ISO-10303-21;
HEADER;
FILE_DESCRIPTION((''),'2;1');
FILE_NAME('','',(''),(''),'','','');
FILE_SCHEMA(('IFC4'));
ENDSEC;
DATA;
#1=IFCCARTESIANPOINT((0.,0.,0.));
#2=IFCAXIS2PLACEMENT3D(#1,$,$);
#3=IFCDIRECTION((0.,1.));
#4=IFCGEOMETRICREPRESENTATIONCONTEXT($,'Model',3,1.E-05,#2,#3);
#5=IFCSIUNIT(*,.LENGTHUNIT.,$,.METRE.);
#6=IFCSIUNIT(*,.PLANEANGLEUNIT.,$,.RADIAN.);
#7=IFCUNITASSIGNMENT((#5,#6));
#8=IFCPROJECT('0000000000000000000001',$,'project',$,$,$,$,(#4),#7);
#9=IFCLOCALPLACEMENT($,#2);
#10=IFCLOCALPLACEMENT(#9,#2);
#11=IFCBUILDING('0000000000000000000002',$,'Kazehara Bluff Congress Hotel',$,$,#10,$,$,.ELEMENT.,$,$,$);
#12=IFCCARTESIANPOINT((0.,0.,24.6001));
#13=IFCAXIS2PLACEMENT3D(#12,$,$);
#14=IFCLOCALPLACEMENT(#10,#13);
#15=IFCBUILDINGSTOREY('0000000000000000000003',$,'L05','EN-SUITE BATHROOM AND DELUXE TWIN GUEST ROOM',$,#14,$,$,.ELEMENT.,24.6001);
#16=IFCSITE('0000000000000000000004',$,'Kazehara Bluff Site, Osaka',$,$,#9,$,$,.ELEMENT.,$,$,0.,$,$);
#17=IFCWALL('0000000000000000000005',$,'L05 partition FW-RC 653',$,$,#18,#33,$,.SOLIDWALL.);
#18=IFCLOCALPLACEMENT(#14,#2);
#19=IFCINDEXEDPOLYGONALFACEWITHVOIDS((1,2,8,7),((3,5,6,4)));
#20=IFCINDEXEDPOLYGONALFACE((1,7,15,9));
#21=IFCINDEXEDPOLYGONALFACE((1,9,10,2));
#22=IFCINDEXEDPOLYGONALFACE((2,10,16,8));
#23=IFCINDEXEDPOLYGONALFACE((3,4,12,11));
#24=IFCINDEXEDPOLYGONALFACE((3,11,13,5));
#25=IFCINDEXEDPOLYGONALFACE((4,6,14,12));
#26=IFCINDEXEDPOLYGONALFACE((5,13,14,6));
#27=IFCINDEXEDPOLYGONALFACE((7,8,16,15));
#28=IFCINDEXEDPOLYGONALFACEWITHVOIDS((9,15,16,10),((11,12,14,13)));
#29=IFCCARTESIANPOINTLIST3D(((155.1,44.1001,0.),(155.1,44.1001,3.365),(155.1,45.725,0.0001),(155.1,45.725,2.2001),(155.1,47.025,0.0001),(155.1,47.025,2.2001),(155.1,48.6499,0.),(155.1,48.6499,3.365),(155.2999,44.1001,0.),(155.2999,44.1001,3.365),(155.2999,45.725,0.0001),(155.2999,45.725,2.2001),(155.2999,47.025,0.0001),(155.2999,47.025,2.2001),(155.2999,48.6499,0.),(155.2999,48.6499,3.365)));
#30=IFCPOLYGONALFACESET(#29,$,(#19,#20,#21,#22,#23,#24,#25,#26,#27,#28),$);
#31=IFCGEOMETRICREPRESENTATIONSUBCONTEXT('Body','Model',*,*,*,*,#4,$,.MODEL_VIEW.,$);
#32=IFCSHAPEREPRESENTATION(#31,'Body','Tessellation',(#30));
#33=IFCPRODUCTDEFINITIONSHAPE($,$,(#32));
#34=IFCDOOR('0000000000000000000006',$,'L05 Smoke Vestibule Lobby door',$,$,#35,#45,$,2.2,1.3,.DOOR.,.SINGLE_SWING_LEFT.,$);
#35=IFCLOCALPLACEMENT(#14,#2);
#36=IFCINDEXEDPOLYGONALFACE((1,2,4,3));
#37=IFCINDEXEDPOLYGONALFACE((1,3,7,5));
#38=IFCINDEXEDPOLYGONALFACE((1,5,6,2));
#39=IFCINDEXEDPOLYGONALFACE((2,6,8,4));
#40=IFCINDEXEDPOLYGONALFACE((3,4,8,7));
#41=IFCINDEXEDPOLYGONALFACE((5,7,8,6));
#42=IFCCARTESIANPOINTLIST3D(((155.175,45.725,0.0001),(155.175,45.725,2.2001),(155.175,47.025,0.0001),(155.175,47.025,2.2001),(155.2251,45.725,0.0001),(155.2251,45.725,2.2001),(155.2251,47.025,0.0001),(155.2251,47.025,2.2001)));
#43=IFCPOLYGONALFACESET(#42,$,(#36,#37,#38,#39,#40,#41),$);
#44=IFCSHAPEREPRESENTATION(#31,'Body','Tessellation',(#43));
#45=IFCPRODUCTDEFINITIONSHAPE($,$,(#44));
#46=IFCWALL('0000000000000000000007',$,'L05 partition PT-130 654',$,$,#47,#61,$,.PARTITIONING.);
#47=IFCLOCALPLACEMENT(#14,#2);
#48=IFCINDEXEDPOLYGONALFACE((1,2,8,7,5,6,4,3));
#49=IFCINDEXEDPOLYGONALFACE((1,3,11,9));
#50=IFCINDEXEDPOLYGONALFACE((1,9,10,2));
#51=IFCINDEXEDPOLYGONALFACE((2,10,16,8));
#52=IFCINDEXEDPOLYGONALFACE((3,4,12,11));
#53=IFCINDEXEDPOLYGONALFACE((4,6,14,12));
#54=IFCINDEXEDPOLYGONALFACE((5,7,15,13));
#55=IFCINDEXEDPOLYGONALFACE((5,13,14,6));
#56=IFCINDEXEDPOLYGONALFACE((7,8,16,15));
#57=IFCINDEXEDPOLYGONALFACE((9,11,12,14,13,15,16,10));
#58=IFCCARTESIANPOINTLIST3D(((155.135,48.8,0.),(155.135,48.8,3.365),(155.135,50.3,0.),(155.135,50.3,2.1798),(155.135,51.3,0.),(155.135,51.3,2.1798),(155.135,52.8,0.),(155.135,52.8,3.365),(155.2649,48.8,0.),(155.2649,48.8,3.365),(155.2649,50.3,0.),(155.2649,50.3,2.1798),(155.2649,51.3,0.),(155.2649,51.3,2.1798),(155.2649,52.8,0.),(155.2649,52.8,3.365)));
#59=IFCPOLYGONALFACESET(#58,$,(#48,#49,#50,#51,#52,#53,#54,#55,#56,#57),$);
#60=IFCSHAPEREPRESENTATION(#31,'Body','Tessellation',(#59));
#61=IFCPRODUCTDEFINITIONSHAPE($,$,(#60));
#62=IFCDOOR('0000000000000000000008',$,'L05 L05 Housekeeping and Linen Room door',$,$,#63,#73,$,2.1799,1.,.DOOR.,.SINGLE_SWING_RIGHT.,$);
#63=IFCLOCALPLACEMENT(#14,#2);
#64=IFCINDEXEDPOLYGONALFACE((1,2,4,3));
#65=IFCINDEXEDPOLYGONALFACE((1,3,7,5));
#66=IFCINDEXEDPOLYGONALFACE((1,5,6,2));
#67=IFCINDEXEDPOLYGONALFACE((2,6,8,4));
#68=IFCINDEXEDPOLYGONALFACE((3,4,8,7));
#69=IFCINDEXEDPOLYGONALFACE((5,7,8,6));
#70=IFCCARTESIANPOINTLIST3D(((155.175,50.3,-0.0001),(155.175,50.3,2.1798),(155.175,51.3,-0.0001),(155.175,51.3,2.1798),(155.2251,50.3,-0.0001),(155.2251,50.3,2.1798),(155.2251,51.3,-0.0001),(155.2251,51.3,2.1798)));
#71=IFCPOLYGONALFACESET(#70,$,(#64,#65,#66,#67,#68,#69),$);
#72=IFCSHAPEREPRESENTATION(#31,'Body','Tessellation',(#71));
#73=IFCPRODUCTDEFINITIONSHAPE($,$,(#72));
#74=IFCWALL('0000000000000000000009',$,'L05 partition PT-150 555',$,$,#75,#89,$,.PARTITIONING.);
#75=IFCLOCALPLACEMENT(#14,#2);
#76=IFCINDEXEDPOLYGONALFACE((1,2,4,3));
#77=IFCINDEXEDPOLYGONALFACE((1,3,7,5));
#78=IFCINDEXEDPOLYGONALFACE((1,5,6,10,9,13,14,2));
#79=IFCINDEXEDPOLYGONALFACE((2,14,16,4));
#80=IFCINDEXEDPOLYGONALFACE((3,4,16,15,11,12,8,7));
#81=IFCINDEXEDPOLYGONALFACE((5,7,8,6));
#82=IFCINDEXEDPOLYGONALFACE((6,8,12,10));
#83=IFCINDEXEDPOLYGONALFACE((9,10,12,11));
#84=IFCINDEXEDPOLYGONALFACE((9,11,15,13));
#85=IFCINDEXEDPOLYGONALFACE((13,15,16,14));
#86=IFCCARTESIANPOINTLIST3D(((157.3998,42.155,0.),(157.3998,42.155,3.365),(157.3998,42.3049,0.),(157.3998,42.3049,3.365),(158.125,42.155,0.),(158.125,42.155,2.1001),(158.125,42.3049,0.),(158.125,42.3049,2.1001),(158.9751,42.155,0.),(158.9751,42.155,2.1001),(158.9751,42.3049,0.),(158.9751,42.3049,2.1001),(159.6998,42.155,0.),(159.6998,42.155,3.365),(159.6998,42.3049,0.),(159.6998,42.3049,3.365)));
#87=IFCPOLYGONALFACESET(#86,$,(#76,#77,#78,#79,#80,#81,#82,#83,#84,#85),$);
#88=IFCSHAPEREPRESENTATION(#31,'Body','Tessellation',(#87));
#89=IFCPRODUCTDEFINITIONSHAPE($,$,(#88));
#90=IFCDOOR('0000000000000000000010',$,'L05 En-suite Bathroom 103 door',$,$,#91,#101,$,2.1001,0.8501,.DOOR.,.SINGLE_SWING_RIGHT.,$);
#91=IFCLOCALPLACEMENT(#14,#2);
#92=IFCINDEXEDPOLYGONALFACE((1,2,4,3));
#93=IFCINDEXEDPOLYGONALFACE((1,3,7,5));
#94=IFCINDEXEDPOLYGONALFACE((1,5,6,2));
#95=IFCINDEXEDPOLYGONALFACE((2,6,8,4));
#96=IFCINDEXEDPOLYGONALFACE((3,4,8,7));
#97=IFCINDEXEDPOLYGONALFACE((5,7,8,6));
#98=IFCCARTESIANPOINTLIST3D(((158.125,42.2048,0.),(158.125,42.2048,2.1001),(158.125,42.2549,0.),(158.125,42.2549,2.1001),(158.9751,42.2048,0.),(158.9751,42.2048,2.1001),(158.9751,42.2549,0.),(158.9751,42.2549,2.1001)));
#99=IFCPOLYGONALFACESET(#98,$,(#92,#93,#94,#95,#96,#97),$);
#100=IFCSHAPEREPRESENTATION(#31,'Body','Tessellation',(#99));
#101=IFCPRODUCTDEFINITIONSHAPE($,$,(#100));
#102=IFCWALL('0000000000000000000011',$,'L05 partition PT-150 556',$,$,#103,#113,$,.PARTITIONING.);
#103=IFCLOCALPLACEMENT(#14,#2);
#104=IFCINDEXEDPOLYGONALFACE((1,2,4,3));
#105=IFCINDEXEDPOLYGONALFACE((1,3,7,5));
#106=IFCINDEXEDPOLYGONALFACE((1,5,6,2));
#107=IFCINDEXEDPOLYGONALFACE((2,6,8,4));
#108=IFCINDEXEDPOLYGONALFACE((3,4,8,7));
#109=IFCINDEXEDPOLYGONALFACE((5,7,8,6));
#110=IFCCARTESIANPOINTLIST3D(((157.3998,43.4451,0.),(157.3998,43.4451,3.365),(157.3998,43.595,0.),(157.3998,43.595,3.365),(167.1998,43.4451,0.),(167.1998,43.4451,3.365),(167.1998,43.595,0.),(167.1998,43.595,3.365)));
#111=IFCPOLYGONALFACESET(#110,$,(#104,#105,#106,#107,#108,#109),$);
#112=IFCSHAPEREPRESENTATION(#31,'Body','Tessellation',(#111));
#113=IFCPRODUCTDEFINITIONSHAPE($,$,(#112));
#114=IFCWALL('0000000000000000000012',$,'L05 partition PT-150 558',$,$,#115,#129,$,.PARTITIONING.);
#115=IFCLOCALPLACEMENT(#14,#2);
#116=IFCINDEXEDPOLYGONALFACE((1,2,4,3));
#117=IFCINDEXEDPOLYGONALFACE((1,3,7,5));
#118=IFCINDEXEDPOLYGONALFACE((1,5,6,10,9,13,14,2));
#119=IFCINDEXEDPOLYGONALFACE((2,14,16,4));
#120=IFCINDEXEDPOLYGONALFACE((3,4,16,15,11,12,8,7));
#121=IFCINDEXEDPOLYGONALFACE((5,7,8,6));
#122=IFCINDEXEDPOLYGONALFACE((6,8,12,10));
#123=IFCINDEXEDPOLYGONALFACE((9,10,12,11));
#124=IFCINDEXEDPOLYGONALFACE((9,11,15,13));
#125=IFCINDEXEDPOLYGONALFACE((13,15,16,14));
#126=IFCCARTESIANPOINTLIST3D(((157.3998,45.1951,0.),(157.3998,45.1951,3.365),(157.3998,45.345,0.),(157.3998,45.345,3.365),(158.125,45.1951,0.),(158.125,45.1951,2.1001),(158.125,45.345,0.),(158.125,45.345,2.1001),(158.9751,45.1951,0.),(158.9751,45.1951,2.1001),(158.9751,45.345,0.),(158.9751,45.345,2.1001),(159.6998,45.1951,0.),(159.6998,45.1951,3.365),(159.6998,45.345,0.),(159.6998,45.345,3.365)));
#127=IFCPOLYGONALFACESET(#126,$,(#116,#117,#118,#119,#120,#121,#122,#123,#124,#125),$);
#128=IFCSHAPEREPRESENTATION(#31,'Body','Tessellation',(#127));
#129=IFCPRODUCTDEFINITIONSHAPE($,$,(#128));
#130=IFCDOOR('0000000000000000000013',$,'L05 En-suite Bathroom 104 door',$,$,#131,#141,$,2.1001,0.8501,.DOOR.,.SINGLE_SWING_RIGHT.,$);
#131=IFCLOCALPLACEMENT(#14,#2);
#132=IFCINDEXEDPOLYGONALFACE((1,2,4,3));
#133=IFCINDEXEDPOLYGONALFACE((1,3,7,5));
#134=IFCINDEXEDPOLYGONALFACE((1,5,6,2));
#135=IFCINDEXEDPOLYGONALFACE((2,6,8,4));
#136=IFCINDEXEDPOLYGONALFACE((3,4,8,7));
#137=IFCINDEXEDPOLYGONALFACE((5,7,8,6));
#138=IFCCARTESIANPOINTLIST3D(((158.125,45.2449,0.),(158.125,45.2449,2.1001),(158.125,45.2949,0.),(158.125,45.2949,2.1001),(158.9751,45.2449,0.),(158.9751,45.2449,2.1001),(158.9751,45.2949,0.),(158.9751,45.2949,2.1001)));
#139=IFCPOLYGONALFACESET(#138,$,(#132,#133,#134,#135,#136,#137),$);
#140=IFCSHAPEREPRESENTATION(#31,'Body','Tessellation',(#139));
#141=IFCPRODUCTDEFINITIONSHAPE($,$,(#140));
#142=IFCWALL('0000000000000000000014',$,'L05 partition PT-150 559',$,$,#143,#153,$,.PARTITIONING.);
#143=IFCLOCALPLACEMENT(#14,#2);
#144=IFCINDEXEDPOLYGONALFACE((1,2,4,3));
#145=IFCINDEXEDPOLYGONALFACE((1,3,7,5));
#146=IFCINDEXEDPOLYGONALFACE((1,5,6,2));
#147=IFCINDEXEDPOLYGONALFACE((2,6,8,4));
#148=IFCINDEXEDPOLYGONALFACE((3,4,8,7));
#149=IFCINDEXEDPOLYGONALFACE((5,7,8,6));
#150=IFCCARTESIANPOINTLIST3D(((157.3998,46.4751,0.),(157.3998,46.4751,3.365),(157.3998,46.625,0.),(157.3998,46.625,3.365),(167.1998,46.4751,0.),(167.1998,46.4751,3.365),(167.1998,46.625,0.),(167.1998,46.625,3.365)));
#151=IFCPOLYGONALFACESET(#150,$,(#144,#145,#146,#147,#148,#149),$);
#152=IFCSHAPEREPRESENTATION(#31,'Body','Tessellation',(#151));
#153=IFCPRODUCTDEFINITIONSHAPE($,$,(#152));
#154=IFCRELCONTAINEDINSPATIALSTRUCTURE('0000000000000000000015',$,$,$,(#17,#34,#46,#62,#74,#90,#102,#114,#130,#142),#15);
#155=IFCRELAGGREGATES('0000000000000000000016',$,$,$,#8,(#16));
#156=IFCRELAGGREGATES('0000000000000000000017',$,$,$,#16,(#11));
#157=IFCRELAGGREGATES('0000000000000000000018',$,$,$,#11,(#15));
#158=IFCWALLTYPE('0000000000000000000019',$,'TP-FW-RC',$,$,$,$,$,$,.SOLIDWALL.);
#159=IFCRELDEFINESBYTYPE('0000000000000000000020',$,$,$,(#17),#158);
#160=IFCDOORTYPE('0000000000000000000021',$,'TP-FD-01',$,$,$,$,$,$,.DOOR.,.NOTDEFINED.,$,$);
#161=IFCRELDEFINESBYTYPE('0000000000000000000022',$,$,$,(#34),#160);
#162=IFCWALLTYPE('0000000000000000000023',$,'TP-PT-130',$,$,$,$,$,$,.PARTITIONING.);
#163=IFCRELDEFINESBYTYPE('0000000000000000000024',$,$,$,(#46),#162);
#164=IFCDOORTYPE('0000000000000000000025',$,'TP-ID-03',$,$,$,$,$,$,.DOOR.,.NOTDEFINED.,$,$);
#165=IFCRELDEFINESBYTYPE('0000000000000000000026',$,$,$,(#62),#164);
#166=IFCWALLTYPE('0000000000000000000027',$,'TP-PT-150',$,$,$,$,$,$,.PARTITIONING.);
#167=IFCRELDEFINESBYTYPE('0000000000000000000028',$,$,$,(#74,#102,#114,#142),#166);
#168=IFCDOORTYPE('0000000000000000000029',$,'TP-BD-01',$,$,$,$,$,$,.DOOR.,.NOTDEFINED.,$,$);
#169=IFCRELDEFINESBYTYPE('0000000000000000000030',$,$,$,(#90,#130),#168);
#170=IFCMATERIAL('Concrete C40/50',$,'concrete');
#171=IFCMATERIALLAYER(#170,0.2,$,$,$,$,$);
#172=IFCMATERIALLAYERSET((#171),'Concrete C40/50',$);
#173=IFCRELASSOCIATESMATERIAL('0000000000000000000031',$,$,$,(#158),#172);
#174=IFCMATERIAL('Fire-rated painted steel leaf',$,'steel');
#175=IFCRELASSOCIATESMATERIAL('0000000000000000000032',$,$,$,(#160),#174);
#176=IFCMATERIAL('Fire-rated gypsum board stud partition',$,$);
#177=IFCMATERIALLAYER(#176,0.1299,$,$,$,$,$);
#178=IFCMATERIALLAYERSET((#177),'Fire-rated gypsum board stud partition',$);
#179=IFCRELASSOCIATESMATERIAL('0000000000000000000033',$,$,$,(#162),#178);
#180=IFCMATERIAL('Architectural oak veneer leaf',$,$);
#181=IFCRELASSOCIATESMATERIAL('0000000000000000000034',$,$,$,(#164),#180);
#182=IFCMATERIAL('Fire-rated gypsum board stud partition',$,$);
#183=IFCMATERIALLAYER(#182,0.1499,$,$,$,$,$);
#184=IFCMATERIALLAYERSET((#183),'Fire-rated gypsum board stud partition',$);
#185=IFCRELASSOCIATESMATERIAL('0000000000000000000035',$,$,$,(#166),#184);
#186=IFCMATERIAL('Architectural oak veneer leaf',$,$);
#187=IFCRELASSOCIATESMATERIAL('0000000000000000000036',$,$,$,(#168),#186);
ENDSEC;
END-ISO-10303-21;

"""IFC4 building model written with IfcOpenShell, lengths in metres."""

from ifc_helpers import new_model, si_unit, direction, frame, frame_2d, origin, place, context, subcontext, project, spatial, rectangle, extrude, material, layer, layer_set, type_object, element, fill, save


model = new_model("IFC4")

# Units and contexts
model_context = context("Model", 3, precision=1e-05, world=origin(), true_north=direction((0.0, 1.0)))
body_context = subcontext(model_context, "Body", "Model", "MODEL_VIEW")
ifc_project = project(units=[si_unit("LENGTHUNIT", "METRE"), si_unit("PLANEANGLEUNIT", "RADIAN")], contexts=[model_context])

# Site, building, storey
site_placement = place(None, origin())
site = spatial("IfcSite", under=ifc_project, at=site_placement, Name="Kazehara Bluff Site, Osaka", CompositionType="ELEMENT", RefElevation=0.0)
building_placement = place(site_placement, origin())
building = spatial("IfcBuilding", under=site, at=building_placement, Name="Kazehara Bluff Congress Hotel", CompositionType="ELEMENT")
storey_placement = place(building_placement, frame((0.0, 0.0, 24.6001)))
storey = spatial("IfcBuildingStorey", under=building, at=storey_placement, Name="L05", Description="EN-SUITE BATHROOM AND DELUXE TWIN GUEST ROOM", CompositionType="ELEMENT", Elevation=24.6001)

# Walls, openings, doors
ifc_material_1 = material(Name="Concrete C40/50", Category="concrete")
ifc_layer_1 = layer(ifc_material_1, 0.2)
ifc_layer_set_1 = layer_set([ifc_layer_1], Name="Concrete C40/50")
wall_type_1 = type_object("IfcWallType", Name="TP-FW-RC", PredefinedType="SOLIDWALL", material=ifc_layer_set_1)
wall_1_placement = place(storey_placement, frame((155.2, 44.1001, 0.0), z_axis=(0.0, 0.0, 1.0), x_axis=(0.0, 1.0, 0.0)))
wall_1 = element("IfcWall", 1, at=wall_1_placement, inside=storey, type_object=wall_type_1, Name="L05 partition FW-RC 653", PredefinedType="SOLIDWALL", context=body_context, shape_type="SweptSolid", body=[
    extrude(rectangle(XDim=4.5498, YDim=0.2, at=frame_2d((2.2749, 0.0))), origin(), (0.0, 0.0, 1.0), 3.365),
])
opening_1_placement = place(wall_1_placement, frame((1.625, 0.0, 0.0)))
opening_1 = element("IfcOpeningElement", 2, at=opening_1_placement, cuts=wall_1, PredefinedType="OPENING", context=body_context, shape_type="SweptSolid", body=[
    extrude(rectangle(XDim=1.3, YDim=2.2, at=frame_2d((0.6499, 1.1001))), frame((0.0, 0.1099, 0.0), z_axis=(0.0, -1.0, 0.0), x_axis=(1.0, 0.0, 0.0)), (0.0, 0.0, 1.0), 0.22),
])
ifc_material_2 = material(Name="Fire-rated painted steel leaf", Category="steel")
door_type_1 = type_object("IfcDoorType", Name="TP-FD-01", OperationType="NOTDEFINED", PredefinedType="DOOR", material=ifc_material_2)
door_1_placement = place(opening_1_placement, origin())
door_1 = element("IfcDoor", 3, at=door_1_placement, inside=storey, type_object=door_type_1, Name="L05 Smoke Vestibule Lobby door", OperationType="SINGLE_SWING_LEFT", OverallHeight=2.2, OverallWidth=1.3, PredefinedType="DOOR", context=body_context, shape_type="SweptSolid", body=[
    extrude(rectangle(XDim=1.3, YDim=2.2, at=frame_2d((0.6499, 1.1001))), frame((0.0, 0.0249, 0.0), z_axis=(0.0, -1.0, 0.0), x_axis=(1.0, 0.0, 0.0)), (0.0, 0.0, 1.0), 0.05),
])
fill(opening_1, door_1)
ifc_material_3 = material(Name="Fire-rated gypsum board stud partition")
ifc_layer_2 = layer(ifc_material_3, 0.1299)
ifc_layer_set_2 = layer_set([ifc_layer_2], Name="Fire-rated gypsum board stud partition")
wall_type_2 = type_object("IfcWallType", Name="TP-PT-130", PredefinedType="PARTITIONING", material=ifc_layer_set_2)
wall_2_placement = place(storey_placement, frame((155.2, 48.8, 0.0), z_axis=(0.0, 0.0, 1.0), x_axis=(0.0, 1.0, 0.0)))
wall_2 = element("IfcWall", 4, at=wall_2_placement, inside=storey, type_object=wall_type_2, Name="L05 partition PT-130 654", PredefinedType="PARTITIONING", context=body_context, shape_type="SweptSolid", body=[
    extrude(rectangle(XDim=4.0, YDim=0.1299, at=frame_2d((2.0, 0.0))), origin(), (0.0, 0.0, 1.0), 3.365),
])
opening_2_placement = place(wall_2_placement, frame((1.5, 0.0, 0.0)))
opening_2 = element("IfcOpeningElement", 5, at=opening_2_placement, cuts=wall_2, PredefinedType="OPENING", context=body_context, shape_type="SweptSolid", body=[
    extrude(rectangle(XDim=1.0, YDim=2.1799, at=frame_2d((0.5, 1.0898))), frame((0.0, 0.075, 0.0), z_axis=(0.0, -1.0, 0.0), x_axis=(1.0, 0.0, 0.0)), (0.0, 0.0, 1.0), 0.1499),
])
ifc_material_4 = material(Name="Architectural oak veneer leaf")
door_type_2 = type_object("IfcDoorType", Name="TP-ID-03", OperationType="NOTDEFINED", PredefinedType="DOOR", material=ifc_material_4)
door_2_placement = place(opening_2_placement, origin())
door_2 = element("IfcDoor", 6, at=door_2_placement, inside=storey, type_object=door_type_2, Name="L05 L05 Housekeeping and Linen Room door", OperationType="SINGLE_SWING_RIGHT", OverallHeight=2.1799, OverallWidth=1.0, PredefinedType="DOOR", context=body_context, shape_type="SweptSolid", body=[
    extrude(rectangle(XDim=1.0, YDim=2.1799, at=frame_2d((0.5, 1.0898))), frame((0.0, 0.0249, 0.0), z_axis=(0.0, -1.0, 0.0), x_axis=(1.0, 0.0, 0.0)), (0.0, 0.0, 1.0), 0.05),
])
fill(opening_2, door_2)
ifc_material_5 = material(Name="Fire-rated gypsum board stud partition")
ifc_layer_3 = layer(ifc_material_5, 0.1499)
ifc_layer_set_3 = layer_set([ifc_layer_3], Name="Fire-rated gypsum board stud partition")
wall_type_3 = type_object("IfcWallType", Name="TP-PT-150", PredefinedType="PARTITIONING", material=ifc_layer_set_3)
wall_3_placement = place(storey_placement, frame((157.3999, 42.23, 0.0), z_axis=(0.0, 0.0, 1.0), x_axis=(1.0, 0.0, 0.0)))
wall_3 = element("IfcWall", 7, at=wall_3_placement, inside=storey, type_object=wall_type_3, Name="L05 partition PT-150 555", PredefinedType="PARTITIONING", context=body_context, shape_type="SweptSolid", body=[
    extrude(rectangle(XDim=2.3, YDim=0.1499, at=frame_2d((1.1499, 0.0))), origin(), (0.0, 0.0, 1.0), 3.365),
])
opening_3_placement = place(wall_3_placement, frame((0.7251, 0.0, 0.0)))
opening_3 = element("IfcOpeningElement", 8, at=opening_3_placement, cuts=wall_3, PredefinedType="OPENING", context=body_context, shape_type="SweptSolid", body=[
    extrude(rectangle(XDim=0.8501, YDim=2.1001, at=frame_2d((0.425, 1.05))), frame((0.0, 0.085, 0.0), z_axis=(0.0, -1.0, 0.0), x_axis=(1.0, 0.0, 0.0)), (0.0, 0.0, 1.0), 0.1699),
])
ifc_material_6 = material(Name="Architectural oak veneer leaf")
door_type_3 = type_object("IfcDoorType", Name="TP-BD-01", OperationType="NOTDEFINED", PredefinedType="DOOR", material=ifc_material_6)
door_3_placement = place(opening_3_placement, origin())
door_3 = element("IfcDoor", 9, at=door_3_placement, inside=storey, type_object=door_type_3, Name="L05 En-suite Bathroom 103 door", OperationType="SINGLE_SWING_RIGHT", OverallHeight=2.1001, OverallWidth=0.8501, PredefinedType="DOOR", context=body_context, shape_type="SweptSolid", body=[
    extrude(rectangle(XDim=0.8501, YDim=2.1001, at=frame_2d((0.425, 1.05))), frame((0.0, 0.0249, 0.0), z_axis=(0.0, -1.0, 0.0), x_axis=(1.0, 0.0, 0.0)), (0.0, 0.0, 1.0), 0.05),
])
fill(opening_3, door_3)

# Wall
wall_4_placement = place(storey_placement, frame((157.3999, 43.52, 0.0), z_axis=(0.0, 0.0, 1.0), x_axis=(1.0, 0.0, 0.0)))
element("IfcWall", 10, at=wall_4_placement, inside=storey, type_object=wall_type_3, Name="L05 partition PT-150 556", PredefinedType="PARTITIONING", context=body_context, shape_type="SweptSolid", body=[
    extrude(rectangle(XDim=9.8, YDim=0.1499, at=frame_2d((4.8999, 0.0))), origin(), (0.0, 0.0, 1.0), 3.365),
])

# Wall, opening, door
wall_5_placement = place(storey_placement, frame((157.3999, 45.27, 0.0), z_axis=(0.0, 0.0, 1.0), x_axis=(1.0, 0.0, 0.0)))
wall_5 = element("IfcWall", 11, at=wall_5_placement, inside=storey, type_object=wall_type_3, Name="L05 partition PT-150 558", PredefinedType="PARTITIONING", context=body_context, shape_type="SweptSolid", body=[
    extrude(rectangle(XDim=2.3, YDim=0.1499, at=frame_2d((1.1499, 0.0))), origin(), (0.0, 0.0, 1.0), 3.365),
])
opening_4_placement = place(wall_5_placement, frame((0.7251, 0.0, 0.0)))
opening_4 = element("IfcOpeningElement", 12, at=opening_4_placement, cuts=wall_5, PredefinedType="OPENING", context=body_context, shape_type="SweptSolid", body=[
    extrude(rectangle(XDim=0.8501, YDim=2.1001, at=frame_2d((0.425, 1.05))), frame((0.0, 0.085, 0.0), z_axis=(0.0, -1.0, 0.0), x_axis=(1.0, 0.0, 0.0)), (0.0, 0.0, 1.0), 0.1699),
])
door_4_placement = place(opening_4_placement, origin())
door_4 = element("IfcDoor", 13, at=door_4_placement, inside=storey, type_object=door_type_3, Name="L05 En-suite Bathroom 104 door", OperationType="SINGLE_SWING_RIGHT", OverallHeight=2.1001, OverallWidth=0.8501, PredefinedType="DOOR", context=body_context, shape_type="SweptSolid", body=[
    extrude(rectangle(XDim=0.8501, YDim=2.1001, at=frame_2d((0.425, 1.05))), frame((0.0, 0.0249, 0.0), z_axis=(0.0, -1.0, 0.0), x_axis=(1.0, 0.0, 0.0)), (0.0, 0.0, 1.0), 0.05),
])
fill(opening_4, door_4)

# Wall
wall_6_placement = place(storey_placement, frame((157.3999, 46.55, 0.0), z_axis=(0.0, 0.0, 1.0), x_axis=(1.0, 0.0, 0.0)))
element("IfcWall", 14, at=wall_6_placement, inside=storey, type_object=wall_type_3, Name="L05 partition PT-150 559", PredefinedType="PARTITIONING", context=body_context, shape_type="SweptSolid", body=[
    extrude(rectangle(XDim=9.8, YDim=0.1499, at=frame_2d((4.8999, 0.0))), origin(), (0.0, 0.0, 1.0), 3.365),
])

save(model, "model.ifc")
